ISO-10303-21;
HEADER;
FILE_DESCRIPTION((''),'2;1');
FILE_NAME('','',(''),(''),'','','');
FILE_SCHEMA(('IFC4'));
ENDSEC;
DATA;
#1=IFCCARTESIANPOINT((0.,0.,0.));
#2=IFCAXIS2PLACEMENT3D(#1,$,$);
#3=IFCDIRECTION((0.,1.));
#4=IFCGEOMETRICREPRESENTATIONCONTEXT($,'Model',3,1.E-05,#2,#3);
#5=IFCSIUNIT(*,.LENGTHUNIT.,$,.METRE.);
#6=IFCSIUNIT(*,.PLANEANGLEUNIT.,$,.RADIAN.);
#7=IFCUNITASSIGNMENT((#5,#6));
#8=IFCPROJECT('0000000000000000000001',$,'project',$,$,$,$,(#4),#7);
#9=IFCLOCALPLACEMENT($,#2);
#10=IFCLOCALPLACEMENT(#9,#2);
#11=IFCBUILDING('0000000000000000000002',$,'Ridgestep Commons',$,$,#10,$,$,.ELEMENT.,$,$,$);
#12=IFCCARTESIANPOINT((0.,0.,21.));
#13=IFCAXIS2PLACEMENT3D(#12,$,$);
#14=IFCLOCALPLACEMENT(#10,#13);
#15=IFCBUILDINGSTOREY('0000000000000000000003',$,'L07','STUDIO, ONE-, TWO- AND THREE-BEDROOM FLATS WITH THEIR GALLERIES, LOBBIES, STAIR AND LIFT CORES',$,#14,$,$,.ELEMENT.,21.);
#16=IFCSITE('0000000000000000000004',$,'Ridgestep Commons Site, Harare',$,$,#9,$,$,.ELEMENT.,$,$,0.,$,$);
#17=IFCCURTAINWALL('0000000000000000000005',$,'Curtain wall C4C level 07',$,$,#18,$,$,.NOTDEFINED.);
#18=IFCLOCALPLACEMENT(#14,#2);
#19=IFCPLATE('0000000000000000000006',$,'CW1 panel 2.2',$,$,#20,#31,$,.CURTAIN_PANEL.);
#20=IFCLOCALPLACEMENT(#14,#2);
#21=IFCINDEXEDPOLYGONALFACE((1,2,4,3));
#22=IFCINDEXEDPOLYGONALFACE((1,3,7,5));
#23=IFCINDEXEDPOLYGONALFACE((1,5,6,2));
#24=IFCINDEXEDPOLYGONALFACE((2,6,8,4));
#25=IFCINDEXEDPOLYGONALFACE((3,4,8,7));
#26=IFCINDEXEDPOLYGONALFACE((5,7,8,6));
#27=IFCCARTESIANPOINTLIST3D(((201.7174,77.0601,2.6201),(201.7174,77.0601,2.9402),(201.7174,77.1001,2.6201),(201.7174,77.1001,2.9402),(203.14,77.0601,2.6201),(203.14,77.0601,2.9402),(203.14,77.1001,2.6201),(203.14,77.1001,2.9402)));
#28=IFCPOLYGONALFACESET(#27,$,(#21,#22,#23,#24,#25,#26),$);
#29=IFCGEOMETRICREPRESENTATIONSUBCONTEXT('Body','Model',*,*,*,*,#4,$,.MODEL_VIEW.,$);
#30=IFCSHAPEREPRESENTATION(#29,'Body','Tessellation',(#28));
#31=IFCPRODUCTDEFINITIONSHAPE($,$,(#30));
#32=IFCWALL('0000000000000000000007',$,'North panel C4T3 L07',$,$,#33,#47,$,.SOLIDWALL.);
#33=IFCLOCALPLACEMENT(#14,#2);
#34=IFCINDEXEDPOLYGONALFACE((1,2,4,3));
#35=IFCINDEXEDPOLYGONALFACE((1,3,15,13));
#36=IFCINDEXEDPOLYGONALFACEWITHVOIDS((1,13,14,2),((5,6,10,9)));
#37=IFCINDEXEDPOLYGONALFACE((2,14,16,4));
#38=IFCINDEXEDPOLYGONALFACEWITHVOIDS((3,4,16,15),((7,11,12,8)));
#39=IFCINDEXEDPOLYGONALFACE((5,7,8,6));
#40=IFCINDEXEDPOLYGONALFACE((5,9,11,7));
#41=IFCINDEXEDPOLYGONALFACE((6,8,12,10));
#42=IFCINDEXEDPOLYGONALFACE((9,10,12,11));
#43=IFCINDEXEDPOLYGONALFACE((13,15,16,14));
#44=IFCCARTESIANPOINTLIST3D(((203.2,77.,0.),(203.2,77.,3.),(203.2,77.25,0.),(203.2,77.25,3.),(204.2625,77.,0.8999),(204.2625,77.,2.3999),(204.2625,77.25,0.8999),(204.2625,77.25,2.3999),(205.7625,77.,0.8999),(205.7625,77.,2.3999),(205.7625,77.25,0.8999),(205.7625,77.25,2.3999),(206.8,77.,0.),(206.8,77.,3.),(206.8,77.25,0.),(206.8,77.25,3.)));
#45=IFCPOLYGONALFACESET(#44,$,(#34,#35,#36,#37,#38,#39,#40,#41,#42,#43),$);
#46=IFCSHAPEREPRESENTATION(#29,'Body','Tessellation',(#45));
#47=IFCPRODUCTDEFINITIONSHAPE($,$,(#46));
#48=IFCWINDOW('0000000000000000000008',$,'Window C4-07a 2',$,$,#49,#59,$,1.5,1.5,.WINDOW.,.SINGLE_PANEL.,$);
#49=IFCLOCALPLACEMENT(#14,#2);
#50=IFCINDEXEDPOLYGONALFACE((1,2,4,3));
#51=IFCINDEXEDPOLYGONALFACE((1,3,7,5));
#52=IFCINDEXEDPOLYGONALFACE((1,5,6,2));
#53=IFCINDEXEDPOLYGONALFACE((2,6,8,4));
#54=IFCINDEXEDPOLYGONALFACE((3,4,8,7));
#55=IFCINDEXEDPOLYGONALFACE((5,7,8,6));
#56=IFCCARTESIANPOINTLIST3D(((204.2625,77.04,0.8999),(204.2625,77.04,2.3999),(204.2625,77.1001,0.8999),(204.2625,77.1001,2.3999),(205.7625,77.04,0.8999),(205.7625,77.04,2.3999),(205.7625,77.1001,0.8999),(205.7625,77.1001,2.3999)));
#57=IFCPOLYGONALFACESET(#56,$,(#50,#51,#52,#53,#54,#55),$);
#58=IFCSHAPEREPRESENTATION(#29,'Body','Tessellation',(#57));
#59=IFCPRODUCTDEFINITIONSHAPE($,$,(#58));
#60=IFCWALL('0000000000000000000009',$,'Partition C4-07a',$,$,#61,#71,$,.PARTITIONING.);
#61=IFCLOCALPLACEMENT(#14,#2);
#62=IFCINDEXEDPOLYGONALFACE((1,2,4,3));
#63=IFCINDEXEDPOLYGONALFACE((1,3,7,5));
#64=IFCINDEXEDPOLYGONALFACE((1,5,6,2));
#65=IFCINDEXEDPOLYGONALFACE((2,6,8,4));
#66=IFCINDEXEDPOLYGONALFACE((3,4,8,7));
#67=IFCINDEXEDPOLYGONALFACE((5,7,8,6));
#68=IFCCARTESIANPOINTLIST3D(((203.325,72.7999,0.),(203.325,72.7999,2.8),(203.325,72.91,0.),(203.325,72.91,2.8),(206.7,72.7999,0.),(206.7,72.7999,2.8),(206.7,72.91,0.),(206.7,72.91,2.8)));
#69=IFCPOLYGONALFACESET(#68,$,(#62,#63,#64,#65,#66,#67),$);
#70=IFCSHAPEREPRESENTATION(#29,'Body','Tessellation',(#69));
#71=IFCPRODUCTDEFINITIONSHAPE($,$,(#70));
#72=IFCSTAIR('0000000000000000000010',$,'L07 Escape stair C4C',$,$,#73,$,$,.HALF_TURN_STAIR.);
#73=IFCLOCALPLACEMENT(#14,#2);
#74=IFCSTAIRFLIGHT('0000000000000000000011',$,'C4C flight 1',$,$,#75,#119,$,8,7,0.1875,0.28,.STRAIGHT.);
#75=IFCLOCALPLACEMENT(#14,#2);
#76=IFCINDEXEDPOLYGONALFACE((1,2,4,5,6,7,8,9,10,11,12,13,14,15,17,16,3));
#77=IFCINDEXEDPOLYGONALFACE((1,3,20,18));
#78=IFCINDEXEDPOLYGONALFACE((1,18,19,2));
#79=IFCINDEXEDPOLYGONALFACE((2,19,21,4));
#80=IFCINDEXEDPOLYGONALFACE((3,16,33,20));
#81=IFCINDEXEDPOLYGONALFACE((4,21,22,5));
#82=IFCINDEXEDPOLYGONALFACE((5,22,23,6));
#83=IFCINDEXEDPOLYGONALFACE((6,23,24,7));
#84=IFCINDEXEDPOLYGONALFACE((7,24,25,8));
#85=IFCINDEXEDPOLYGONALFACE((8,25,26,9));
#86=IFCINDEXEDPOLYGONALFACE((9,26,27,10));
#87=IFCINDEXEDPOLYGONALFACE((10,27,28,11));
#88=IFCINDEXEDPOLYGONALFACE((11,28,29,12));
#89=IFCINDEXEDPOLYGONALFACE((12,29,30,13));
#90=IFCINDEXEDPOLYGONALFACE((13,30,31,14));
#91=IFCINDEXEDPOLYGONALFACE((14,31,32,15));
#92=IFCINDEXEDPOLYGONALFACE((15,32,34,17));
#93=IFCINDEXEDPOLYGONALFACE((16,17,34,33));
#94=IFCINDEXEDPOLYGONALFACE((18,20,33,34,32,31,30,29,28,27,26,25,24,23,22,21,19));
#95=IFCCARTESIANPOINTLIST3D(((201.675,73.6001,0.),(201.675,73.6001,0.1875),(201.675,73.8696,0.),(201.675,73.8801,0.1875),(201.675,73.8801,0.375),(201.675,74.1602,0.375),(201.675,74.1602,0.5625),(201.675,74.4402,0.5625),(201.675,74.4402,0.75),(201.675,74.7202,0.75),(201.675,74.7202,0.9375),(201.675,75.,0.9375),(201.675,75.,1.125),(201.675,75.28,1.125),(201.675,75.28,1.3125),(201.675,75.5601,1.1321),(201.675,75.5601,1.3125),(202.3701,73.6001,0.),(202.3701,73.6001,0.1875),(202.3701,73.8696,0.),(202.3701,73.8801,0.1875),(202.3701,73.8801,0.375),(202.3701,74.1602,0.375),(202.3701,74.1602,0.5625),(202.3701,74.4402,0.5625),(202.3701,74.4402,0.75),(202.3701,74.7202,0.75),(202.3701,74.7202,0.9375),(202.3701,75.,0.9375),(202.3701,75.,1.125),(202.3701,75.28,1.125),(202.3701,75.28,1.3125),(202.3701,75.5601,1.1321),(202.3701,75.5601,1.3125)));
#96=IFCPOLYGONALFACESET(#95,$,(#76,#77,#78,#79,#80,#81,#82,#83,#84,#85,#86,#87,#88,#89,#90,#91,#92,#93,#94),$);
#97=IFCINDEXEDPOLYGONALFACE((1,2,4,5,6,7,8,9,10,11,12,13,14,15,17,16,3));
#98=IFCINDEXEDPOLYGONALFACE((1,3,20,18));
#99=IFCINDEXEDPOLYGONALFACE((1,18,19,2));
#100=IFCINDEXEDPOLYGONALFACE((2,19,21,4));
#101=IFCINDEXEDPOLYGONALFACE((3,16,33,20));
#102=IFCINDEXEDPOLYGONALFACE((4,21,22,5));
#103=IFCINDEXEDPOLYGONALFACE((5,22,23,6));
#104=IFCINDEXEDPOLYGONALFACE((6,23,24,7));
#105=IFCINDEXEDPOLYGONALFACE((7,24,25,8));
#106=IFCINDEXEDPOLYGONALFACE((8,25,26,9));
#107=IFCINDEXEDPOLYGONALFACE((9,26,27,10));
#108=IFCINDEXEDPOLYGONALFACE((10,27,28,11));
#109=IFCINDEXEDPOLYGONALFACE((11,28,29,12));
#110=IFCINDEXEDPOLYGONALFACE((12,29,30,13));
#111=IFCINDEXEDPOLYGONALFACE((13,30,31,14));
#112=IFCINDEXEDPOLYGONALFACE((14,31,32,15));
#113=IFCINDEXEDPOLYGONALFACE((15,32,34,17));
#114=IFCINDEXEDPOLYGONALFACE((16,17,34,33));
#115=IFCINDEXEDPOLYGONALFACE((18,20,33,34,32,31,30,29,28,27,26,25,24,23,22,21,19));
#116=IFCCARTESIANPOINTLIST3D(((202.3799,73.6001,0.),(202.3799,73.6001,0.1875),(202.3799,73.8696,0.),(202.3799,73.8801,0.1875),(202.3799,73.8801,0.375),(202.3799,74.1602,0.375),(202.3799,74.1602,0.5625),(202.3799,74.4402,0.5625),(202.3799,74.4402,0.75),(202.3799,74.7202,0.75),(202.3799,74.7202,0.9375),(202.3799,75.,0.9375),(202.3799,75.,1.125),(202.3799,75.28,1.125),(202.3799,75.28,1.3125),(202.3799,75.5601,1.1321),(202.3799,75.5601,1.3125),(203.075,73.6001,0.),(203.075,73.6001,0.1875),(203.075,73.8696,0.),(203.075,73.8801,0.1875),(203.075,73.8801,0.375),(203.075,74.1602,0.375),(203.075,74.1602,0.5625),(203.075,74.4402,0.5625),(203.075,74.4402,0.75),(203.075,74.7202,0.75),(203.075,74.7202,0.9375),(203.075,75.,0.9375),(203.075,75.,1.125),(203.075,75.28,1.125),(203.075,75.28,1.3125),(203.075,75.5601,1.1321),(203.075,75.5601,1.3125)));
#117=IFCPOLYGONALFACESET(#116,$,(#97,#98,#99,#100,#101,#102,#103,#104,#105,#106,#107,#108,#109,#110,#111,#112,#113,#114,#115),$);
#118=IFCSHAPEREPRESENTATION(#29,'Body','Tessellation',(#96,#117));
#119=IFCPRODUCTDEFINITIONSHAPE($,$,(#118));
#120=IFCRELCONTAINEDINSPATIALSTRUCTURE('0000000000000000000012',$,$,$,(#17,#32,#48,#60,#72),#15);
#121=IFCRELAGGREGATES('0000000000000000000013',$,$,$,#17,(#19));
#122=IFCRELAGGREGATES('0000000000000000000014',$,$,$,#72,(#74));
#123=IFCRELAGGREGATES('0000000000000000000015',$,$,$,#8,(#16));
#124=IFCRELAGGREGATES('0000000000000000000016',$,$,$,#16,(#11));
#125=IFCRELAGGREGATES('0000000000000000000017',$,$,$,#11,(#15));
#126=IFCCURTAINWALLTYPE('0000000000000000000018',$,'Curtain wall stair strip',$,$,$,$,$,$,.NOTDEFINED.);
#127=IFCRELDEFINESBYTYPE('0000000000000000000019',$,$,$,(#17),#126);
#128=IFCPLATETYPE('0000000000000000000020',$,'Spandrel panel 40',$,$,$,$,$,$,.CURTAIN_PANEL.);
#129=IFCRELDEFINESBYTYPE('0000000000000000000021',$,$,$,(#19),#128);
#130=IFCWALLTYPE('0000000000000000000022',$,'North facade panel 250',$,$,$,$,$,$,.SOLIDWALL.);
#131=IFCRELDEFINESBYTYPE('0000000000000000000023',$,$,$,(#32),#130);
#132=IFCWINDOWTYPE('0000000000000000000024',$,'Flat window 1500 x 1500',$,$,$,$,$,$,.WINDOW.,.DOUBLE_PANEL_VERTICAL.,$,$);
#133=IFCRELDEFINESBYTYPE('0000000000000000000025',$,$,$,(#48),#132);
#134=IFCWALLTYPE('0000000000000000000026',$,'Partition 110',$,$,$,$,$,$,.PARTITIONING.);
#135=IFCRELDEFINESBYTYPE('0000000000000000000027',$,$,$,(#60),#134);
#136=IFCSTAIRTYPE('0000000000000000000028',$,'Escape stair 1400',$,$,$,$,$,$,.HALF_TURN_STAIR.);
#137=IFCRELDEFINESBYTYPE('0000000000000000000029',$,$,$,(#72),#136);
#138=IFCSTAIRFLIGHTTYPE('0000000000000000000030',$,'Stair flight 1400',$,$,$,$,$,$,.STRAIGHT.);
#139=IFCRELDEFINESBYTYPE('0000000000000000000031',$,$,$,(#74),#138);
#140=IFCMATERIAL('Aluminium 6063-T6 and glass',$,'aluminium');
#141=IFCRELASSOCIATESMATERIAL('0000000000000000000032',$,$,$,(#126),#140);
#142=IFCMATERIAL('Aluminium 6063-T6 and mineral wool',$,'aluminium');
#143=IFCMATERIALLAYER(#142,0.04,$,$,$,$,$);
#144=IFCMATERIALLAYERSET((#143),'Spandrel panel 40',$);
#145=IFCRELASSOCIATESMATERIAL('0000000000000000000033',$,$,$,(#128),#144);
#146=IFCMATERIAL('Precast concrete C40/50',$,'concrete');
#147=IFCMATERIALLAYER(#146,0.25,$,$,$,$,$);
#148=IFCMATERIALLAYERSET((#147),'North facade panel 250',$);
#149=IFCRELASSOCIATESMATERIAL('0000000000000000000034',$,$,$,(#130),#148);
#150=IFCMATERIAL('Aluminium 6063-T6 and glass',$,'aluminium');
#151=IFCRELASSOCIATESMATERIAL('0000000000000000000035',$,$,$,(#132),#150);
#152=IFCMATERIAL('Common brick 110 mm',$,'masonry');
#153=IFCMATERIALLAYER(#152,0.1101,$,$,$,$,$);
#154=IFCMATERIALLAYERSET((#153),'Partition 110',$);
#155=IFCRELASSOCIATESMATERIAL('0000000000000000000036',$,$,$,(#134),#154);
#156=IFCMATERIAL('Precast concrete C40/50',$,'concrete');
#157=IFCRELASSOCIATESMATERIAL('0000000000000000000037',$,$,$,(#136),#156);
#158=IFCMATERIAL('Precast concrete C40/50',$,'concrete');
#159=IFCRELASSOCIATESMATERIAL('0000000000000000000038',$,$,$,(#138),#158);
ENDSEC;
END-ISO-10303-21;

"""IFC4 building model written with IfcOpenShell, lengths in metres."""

from ifc_helpers import new_model, si_unit, direction, frame, frame_2d, origin, origin_2d, place, context, subcontext, project, spatial, polyline, rectangle, outline, extrude, material, layer, layer_set, type_object, element, fill, aggregate, save


model = new_model("IFC4")

# Units and contexts
model_context = context("Model", 3, precision=1e-05, world=origin(), true_north=direction((0.0, 1.0)))
body_context = subcontext(model_context, "Body", "Model", "MODEL_VIEW")
ifc_project = project(units=[si_unit("LENGTHUNIT", "METRE"), si_unit("PLANEANGLEUNIT", "RADIAN")], contexts=[model_context])

# Site, building, storey
site_placement = place(None, origin())
site = spatial("IfcSite", under=ifc_project, at=site_placement, Name="Ridgestep Commons Site, Harare", CompositionType="ELEMENT", RefElevation=0.0)
building_placement = place(site_placement, origin())
building = spatial("IfcBuilding", under=site, at=building_placement, Name="Ridgestep Commons", CompositionType="ELEMENT")
storey_placement = place(building_placement, frame((0.0, 0.0, 21.0)))
storey = spatial("IfcBuildingStorey", under=building, at=storey_placement, Name="L07", Description="STUDIO, ONE-, TWO- AND THREE-BEDROOM FLATS WITH THEIR GALLERIES, LOBBIES, STAIR AND LIFT CORES", CompositionType="ELEMENT", Elevation=21.0)

# Curtain wall
ifc_material_1 = material(Name="Aluminium 6063-T6 and glass", Category="aluminium")
curtain_wall_type = type_object("IfcCurtainWallType", Name="Curtain wall stair strip", PredefinedType="NOTDEFINED", material=ifc_material_1)
curtain_wall_placement = place(storey_placement, origin())
curtain_wall = element("IfcCurtainWall", 1, at=curtain_wall_placement, inside=storey, type_object=curtain_wall_type, Name="Curtain wall C4C level 07", PredefinedType="NOTDEFINED")

# Plate
ifc_material_2 = material(Name="Aluminium 6063-T6 and mineral wool", Category="aluminium")
ifc_layer_1 = layer(ifc_material_2, 0.04)
ifc_layer_set_1 = layer_set([ifc_layer_1], Name="Spandrel panel 40")
plate_type_1 = type_object("IfcPlateType", Name="Spandrel panel 40", PredefinedType="CURTAIN_PANEL", material=ifc_layer_set_1)
plate_1_placement = place(storey_placement, frame((202.4287, 77.0801, 2.6201), z_axis=(0.0, 0.0, 1.0), x_axis=(1.0, 0.0, 0.0)))
plate_1 = element("IfcPlate", 2, at=plate_1_placement, type_object=plate_type_1, Name="CW1 panel 2.2", PredefinedType="CURTAIN_PANEL", context=body_context, shape_type="SweptSolid", body=[
    extrude(rectangle(XDim=1.4226, YDim=0.04, at=origin_2d()), origin(), (0.0, 0.0, 1.0), 0.3201),
])
aggregate(curtain_wall, [plate_1])

# Wall, opening, window
ifc_material_3 = material(Name="Precast concrete C40/50", Category="concrete")
ifc_layer_2 = layer(ifc_material_3, 0.25)
ifc_layer_set_2 = layer_set([ifc_layer_2], Name="North facade panel 250")
wall_type_1 = type_object("IfcWallType", Name="North facade panel 250", PredefinedType="SOLIDWALL", material=ifc_layer_set_2)
wall_1_placement = place(storey_placement, frame((203.2, 77.125, 0.0), z_axis=(0.0, 0.0, 1.0), x_axis=(1.0, 0.0, 0.0)))
wall_1 = element("IfcWall", 3, at=wall_1_placement, inside=storey, type_object=wall_type_1, Name="North panel C4T3 L07", PredefinedType="SOLIDWALL", context=body_context, shape_type="SweptSolid", body=[
    extrude(rectangle(XDim=3.6001, YDim=0.25, at=frame_2d((1.8, 0.0))), origin(), (0.0, 0.0, 1.0), 3.0),
])
opening_placement = place(wall_1_placement, frame((1.0625, 0.0, 0.8999)))
opening = element("IfcOpeningElement", 4, at=opening_placement, cuts=wall_1, PredefinedType="OPENING", context=body_context, shape_type="SweptSolid", body=[
    extrude(rectangle(XDim=1.5, YDim=1.5, at=frame_2d((0.75, 0.75))), frame((0.0, 0.135, 0.0), z_axis=(0.0, -1.0, 0.0), x_axis=(1.0, 0.0, 0.0)), (0.0, 0.0, 1.0), 0.27),
])
ifc_material_4 = material(Name="Aluminium 6063-T6 and glass", Category="aluminium")
window_type = type_object("IfcWindowType", Name="Flat window 1500 x 1500", PartitioningType="DOUBLE_PANEL_VERTICAL", PredefinedType="WINDOW", material=ifc_material_4)
window_placement = place(opening_placement, origin())
window = element("IfcWindow", 5, at=window_placement, inside=storey, type_object=window_type, Name="Window C4-07a 2", OverallHeight=1.5, OverallWidth=1.5, PartitioningType="SINGLE_PANEL", PredefinedType="WINDOW", context=body_context, shape_type="SweptSolid", body=[
    extrude(rectangle(XDim=1.5, YDim=1.5, at=frame_2d((0.75, 0.75))), frame((0.0, -0.0249, 0.0), z_axis=(0.0, -1.0, 0.0), x_axis=(1.0, 0.0, 0.0)), (0.0, 0.0, 1.0), 0.0601),
])
fill(opening, window)

# Wall
ifc_material_5 = material(Name="Common brick 110 mm", Category="masonry")
ifc_layer_3 = layer(ifc_material_5, 0.1101)
ifc_layer_set_3 = layer_set([ifc_layer_3], Name="Partition 110")
wall_type_2 = type_object("IfcWallType", Name="Partition 110", PredefinedType="PARTITIONING", material=ifc_layer_set_3)
wall_2_placement = place(storey_placement, frame((203.325, 72.855, 0.0), z_axis=(0.0, 0.0, 1.0), x_axis=(1.0, 0.0, 0.0)))
element("IfcWall", 6, at=wall_2_placement, inside=storey, type_object=wall_type_2, Name="Partition C4-07a", PredefinedType="PARTITIONING", context=body_context, shape_type="SweptSolid", body=[
    extrude(rectangle(XDim=3.375, YDim=0.1101, at=frame_2d((1.6875, 0.0))), origin(), (0.0, 0.0, 1.0), 2.8),
])

# Stair, stair flight
ifc_material_6 = material(Name="Precast concrete C40/50", Category="concrete")
stair_type = type_object("IfcStairType", Name="Escape stair 1400", PredefinedType="HALF_TURN_STAIR", material=ifc_material_6)
stair_placement = place(storey_placement, origin())
stair = element("IfcStair", 7, at=stair_placement, inside=storey, type_object=stair_type, Name="L07 Escape stair C4C", PredefinedType="HALF_TURN_STAIR")
ifc_material_7 = material(Name="Precast concrete C40/50", Category="concrete")
stair_flight_type = type_object("IfcStairFlightType", Name="Stair flight 1400", PredefinedType="STRAIGHT", material=ifc_material_7)
stair_flight_placement = place(storey_placement, frame((202.375, 73.6001, 0.0), z_axis=(0.0, 0.0, 1.0), x_axis=(0.0, 1.0, 0.0)))
stair_flight = element("IfcStairFlight", 8, at=stair_flight_placement, type_object=stair_flight_type, Name="C4C flight 1", NumberOfRisers=8, NumberOfTreads=7, PredefinedType="STRAIGHT", RiserHeight=0.1875, TreadLength=0.28, context=body_context, shape_type="SweptSolid", body=[
    extrude(outline(polyline([(0.0, 0.0), (0.0, 0.1875), (0.28, 0.1875), (0.28, 0.375), (0.5601, 0.375), (0.5601, 0.5625), (0.8401, 0.5625), (0.8401, 0.75), (1.1201, 0.75), (1.1201, 0.9375), (1.3999, 0.9375), (1.3999, 1.125), (1.6799, 1.125), (1.6799, 1.3125), (1.96, 1.3125), (1.96, 1.5), (1.96, 1.1321), (0.2695, 0.0), (0.0, 0.0)])), frame((0.0, 0.7, 0.0), z_axis=(0.0, -1.0, 0.0), x_axis=(1.0, 0.0, 0.0)), (0.0, 0.0, 1.0), 0.6951),
    extrude(outline(polyline([(0.0, 0.0), (0.0, 0.1875), (0.28, 0.1875), (0.28, 0.375), (0.5601, 0.375), (0.5601, 0.5625), (0.8401, 0.5625), (0.8401, 0.75), (1.1201, 0.75), (1.1201, 0.9375), (1.3999, 0.9375), (1.3999, 1.125), (1.6799, 1.125), (1.6799, 1.3125), (1.96, 1.3125), (1.96, 1.5), (1.96, 1.1321), (0.2695, 0.0), (0.0, 0.0)])), frame((0.0, -0.0049, 0.0), z_axis=(0.0, -1.0, 0.0), x_axis=(1.0, 0.0, 0.0)), (0.0, 0.0, 1.0), 0.6951),
])
aggregate(stair, [stair_flight])

save(model, "model.ifc")
